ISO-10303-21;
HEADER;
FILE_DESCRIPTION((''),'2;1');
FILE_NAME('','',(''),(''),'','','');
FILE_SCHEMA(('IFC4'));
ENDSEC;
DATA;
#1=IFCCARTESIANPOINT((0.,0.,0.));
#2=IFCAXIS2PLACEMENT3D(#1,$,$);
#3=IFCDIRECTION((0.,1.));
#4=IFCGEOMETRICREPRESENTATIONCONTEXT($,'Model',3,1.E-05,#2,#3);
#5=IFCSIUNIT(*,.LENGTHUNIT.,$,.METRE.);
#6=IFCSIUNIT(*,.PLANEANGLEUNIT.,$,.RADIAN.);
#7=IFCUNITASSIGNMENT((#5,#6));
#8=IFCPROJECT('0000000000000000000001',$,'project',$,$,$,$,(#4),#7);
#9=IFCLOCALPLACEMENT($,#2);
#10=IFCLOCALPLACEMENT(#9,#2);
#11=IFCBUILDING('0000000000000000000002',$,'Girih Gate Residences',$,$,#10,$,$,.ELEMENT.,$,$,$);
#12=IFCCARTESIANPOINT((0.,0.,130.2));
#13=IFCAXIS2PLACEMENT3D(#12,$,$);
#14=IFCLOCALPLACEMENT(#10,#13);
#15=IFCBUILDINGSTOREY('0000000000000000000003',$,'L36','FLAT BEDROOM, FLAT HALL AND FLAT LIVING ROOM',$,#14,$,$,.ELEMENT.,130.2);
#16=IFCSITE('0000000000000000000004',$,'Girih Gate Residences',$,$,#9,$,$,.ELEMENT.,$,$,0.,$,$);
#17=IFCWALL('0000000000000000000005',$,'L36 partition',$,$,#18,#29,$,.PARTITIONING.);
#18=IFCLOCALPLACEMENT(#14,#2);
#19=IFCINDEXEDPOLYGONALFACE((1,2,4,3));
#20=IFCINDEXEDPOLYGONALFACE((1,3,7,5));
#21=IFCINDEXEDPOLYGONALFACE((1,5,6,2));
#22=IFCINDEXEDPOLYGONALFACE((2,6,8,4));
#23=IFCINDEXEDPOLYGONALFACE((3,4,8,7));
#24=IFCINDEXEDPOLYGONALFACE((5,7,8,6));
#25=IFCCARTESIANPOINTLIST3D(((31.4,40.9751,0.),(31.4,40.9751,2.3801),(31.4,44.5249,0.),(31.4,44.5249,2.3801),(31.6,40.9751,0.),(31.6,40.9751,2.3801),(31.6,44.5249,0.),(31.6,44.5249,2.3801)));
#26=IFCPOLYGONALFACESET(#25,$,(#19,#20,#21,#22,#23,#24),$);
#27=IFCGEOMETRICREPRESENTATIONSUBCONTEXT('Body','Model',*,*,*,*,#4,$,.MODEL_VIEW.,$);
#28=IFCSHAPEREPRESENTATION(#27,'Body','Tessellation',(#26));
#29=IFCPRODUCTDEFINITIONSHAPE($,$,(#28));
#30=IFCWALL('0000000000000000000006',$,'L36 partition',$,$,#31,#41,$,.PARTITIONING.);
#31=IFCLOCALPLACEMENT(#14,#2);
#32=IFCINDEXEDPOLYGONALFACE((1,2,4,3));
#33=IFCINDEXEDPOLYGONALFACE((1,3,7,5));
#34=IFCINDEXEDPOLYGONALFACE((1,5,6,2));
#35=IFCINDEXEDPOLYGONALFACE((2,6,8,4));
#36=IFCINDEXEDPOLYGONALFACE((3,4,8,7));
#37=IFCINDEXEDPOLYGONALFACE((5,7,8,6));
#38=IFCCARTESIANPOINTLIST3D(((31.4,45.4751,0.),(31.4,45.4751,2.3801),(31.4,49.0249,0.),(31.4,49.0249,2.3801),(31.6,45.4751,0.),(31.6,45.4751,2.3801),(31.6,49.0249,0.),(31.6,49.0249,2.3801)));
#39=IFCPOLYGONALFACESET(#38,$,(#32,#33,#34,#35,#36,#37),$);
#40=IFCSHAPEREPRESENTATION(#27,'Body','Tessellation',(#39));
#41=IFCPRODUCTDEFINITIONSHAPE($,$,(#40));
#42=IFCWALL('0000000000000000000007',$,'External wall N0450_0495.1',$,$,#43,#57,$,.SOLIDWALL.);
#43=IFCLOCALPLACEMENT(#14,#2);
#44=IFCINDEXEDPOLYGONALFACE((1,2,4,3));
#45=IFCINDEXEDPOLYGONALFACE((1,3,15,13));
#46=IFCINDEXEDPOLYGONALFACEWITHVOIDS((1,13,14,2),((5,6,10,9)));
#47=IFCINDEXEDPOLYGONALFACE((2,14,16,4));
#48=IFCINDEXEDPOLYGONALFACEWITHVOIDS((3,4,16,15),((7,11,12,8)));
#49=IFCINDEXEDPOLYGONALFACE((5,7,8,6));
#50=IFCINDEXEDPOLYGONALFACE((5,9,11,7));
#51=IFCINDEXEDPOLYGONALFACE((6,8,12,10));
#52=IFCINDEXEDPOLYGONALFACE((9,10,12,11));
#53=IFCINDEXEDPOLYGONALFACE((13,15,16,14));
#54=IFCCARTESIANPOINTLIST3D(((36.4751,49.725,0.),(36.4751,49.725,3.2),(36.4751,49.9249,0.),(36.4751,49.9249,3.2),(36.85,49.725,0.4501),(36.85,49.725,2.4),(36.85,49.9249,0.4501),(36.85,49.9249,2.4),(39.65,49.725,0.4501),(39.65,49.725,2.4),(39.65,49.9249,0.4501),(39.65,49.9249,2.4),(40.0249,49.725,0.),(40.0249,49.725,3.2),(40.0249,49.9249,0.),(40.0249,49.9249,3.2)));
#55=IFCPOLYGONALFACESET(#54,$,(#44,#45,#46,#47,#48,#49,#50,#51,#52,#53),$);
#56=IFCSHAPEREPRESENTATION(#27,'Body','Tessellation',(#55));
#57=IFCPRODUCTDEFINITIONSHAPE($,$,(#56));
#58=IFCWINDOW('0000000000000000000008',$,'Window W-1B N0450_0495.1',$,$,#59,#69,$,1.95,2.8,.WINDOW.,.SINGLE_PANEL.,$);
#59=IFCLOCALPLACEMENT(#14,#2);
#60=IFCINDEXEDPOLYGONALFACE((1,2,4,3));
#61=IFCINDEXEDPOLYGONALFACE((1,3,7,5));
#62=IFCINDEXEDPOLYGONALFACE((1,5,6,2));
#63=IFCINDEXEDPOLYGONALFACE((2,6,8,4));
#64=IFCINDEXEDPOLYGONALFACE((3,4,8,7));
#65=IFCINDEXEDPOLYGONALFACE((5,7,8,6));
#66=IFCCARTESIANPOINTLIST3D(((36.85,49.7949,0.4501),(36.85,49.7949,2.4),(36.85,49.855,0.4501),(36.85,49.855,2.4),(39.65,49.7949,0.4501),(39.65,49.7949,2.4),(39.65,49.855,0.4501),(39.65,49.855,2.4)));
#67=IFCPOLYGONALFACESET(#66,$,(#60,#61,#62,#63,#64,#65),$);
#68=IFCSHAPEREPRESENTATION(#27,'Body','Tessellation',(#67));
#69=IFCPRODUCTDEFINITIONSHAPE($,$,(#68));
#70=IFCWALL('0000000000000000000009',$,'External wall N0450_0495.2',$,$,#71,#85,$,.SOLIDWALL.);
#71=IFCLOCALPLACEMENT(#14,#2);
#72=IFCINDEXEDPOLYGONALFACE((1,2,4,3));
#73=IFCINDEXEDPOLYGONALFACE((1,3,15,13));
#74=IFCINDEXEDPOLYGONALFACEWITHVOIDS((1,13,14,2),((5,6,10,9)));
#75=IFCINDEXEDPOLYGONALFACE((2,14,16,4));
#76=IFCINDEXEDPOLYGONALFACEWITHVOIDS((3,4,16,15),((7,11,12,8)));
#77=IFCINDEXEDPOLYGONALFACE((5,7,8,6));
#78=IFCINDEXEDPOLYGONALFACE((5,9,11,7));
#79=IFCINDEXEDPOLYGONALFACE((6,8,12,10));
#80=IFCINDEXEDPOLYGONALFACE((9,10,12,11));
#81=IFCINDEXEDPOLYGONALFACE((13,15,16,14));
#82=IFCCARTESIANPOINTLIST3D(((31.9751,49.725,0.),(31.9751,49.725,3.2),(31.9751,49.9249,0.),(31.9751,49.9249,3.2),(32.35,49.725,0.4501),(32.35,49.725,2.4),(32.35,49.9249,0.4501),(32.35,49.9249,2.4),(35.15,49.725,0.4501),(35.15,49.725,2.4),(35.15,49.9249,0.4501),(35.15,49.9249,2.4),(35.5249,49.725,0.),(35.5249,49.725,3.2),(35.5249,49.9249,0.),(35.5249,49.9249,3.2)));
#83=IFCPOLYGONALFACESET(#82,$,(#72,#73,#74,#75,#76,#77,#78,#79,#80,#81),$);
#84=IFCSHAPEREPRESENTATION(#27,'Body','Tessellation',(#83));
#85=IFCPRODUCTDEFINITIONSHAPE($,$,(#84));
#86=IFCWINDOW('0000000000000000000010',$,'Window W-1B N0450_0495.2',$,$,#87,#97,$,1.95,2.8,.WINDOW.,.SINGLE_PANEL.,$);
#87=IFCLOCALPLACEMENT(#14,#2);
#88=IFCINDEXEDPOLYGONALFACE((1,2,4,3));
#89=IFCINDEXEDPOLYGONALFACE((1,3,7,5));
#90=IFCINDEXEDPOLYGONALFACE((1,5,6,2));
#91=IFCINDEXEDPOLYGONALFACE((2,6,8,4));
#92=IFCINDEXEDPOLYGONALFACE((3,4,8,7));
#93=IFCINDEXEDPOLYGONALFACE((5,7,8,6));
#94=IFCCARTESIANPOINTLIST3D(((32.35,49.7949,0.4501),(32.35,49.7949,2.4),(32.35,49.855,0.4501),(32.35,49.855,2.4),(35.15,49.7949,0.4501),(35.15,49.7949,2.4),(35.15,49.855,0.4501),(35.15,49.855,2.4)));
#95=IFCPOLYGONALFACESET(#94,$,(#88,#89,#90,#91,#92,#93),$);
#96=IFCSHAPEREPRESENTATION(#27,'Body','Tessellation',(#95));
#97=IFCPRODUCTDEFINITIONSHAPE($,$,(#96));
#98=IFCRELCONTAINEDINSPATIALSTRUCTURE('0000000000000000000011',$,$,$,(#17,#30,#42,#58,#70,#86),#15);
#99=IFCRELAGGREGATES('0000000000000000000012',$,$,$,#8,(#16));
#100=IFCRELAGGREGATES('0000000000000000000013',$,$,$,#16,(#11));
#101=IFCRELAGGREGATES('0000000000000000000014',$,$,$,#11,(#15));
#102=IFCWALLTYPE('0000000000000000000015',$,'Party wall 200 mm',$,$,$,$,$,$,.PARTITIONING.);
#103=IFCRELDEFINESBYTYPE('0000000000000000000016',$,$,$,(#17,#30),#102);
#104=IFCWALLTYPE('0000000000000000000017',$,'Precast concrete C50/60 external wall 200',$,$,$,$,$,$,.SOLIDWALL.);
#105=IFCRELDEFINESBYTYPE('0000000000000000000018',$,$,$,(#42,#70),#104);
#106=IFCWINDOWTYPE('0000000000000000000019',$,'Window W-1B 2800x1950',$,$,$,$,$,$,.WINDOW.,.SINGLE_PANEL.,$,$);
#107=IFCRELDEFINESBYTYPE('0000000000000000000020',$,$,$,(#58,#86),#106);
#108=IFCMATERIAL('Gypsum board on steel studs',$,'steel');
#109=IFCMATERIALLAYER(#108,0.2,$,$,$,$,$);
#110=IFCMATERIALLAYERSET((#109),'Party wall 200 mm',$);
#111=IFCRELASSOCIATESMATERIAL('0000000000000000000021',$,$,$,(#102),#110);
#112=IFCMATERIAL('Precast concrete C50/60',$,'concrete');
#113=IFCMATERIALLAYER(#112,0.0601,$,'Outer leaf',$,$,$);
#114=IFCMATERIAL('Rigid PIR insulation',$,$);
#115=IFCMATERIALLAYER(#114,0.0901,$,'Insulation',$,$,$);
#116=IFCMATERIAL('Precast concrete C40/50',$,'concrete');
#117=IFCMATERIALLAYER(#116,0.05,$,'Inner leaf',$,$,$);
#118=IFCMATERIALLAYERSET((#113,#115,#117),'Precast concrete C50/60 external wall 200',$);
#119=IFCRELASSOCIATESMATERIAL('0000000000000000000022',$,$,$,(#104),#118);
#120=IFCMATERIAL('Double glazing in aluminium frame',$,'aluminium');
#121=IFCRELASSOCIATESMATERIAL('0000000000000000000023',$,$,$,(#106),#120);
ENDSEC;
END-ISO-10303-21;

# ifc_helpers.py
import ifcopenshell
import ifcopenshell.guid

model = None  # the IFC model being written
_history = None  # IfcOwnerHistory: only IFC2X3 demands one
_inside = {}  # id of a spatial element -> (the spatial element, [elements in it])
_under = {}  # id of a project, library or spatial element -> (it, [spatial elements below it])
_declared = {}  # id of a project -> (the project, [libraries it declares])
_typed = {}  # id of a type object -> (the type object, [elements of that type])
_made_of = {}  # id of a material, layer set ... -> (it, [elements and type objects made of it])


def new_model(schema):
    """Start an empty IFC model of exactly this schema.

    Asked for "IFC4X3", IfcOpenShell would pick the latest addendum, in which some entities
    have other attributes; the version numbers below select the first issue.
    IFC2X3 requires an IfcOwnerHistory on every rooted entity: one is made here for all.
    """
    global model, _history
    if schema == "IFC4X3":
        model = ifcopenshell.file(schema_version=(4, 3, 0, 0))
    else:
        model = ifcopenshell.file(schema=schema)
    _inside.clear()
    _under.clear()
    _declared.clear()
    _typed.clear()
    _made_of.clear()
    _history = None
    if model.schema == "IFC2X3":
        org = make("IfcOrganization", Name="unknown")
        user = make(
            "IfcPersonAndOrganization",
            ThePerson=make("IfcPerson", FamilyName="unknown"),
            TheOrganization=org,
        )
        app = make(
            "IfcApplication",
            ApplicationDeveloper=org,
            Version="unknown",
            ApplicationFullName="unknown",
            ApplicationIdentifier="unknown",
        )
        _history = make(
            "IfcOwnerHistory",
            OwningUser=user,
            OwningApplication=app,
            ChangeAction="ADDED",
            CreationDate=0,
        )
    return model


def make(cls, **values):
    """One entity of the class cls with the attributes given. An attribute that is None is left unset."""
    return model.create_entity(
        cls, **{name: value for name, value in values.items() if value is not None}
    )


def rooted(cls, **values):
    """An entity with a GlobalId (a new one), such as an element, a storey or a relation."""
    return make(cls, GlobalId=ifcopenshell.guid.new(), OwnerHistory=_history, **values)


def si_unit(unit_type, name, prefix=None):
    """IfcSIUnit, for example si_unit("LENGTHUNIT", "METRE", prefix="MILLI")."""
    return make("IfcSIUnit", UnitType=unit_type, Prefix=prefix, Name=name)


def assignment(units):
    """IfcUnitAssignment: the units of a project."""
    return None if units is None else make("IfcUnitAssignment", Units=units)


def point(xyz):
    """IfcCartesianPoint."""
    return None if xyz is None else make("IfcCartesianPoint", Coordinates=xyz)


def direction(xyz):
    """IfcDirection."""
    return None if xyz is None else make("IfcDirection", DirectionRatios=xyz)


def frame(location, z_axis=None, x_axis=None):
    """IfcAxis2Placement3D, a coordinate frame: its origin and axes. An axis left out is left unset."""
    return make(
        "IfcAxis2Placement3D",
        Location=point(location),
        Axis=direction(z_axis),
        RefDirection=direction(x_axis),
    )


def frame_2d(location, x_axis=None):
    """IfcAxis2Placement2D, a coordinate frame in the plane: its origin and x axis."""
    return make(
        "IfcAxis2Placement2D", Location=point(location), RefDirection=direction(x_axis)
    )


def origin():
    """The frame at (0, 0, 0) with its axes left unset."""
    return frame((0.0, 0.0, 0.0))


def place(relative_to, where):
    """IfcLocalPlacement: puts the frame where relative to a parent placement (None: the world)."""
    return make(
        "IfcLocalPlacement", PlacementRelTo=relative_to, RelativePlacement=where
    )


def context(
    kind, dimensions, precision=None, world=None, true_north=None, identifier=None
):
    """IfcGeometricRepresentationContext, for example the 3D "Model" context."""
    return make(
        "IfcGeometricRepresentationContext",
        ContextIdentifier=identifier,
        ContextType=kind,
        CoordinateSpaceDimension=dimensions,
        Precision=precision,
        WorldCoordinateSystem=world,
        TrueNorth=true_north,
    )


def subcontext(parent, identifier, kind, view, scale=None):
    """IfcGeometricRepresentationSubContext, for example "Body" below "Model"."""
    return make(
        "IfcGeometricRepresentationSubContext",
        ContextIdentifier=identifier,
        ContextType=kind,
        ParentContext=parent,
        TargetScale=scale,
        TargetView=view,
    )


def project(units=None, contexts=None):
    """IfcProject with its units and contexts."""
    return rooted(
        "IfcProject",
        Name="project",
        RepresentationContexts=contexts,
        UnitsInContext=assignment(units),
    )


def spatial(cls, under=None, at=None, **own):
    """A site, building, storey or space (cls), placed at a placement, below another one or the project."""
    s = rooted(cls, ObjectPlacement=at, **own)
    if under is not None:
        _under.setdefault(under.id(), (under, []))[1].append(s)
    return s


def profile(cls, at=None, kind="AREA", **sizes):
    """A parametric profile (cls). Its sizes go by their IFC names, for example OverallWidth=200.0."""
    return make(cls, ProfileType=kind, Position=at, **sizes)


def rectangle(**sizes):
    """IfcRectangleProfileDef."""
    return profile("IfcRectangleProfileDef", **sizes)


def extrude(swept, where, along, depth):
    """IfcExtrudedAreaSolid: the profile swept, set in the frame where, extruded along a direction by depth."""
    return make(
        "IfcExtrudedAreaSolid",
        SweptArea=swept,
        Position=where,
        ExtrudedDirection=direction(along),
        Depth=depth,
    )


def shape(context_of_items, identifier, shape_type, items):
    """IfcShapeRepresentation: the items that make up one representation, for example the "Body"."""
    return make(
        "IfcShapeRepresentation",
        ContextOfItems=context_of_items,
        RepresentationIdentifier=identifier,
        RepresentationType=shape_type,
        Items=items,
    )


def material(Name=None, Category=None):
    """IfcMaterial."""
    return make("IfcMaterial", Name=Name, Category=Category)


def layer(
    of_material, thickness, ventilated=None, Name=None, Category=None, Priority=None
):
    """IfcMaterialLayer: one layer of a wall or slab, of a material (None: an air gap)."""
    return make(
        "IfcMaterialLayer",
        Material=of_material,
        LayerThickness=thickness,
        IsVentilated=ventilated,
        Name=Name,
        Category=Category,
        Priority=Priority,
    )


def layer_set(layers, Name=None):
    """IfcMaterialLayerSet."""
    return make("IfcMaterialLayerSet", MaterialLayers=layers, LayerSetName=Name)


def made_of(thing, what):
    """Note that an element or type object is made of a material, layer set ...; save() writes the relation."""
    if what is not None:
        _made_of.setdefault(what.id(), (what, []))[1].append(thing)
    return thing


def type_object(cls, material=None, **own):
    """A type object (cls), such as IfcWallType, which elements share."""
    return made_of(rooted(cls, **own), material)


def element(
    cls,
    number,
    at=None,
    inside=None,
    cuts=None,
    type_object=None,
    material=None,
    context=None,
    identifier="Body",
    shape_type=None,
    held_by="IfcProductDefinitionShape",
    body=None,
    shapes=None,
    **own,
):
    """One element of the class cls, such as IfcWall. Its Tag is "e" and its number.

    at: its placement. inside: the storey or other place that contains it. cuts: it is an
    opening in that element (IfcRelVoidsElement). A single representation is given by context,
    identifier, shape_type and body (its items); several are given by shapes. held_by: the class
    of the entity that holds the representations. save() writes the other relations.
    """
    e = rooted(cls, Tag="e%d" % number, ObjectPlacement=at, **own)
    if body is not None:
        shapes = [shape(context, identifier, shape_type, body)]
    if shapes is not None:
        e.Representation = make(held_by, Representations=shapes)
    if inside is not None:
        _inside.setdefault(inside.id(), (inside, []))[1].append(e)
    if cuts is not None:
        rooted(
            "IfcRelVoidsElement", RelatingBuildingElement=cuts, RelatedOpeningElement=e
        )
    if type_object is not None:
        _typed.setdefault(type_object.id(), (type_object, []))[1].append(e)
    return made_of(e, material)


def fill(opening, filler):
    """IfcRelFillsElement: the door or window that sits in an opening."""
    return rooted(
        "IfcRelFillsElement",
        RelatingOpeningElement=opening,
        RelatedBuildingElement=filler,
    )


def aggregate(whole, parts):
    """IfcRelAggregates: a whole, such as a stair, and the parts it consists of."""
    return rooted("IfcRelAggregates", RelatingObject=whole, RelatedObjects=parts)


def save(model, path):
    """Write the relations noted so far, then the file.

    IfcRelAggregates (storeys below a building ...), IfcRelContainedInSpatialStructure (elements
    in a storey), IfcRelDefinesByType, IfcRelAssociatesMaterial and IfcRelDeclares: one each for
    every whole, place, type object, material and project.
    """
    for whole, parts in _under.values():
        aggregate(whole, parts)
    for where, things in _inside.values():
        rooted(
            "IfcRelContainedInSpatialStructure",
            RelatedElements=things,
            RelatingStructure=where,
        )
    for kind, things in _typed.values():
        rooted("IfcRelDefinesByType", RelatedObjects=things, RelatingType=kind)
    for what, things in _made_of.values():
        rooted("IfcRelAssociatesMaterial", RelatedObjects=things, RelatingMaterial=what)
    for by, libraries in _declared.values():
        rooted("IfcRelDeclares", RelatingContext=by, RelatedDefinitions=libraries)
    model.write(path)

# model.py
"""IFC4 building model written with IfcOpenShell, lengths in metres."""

from ifc_helpers import new_model, si_unit, direction, frame, frame_2d, origin, place, context, subcontext, project, spatial, rectangle, extrude, material, layer, layer_set, type_object, element, fill, save


model = new_model("IFC4")

# Units and contexts
model_context = context("Model", 3, precision=1e-05, world=origin(), true_north=direction((0.0, 1.0)))
body_context = subcontext(model_context, "Body", "Model", "MODEL_VIEW")
ifc_project = project(units=[si_unit("LENGTHUNIT", "METRE"), si_unit("PLANEANGLEUNIT", "RADIAN")], contexts=[model_context])

# Site, building, storey
site_placement = place(None, origin())
site = spatial("IfcSite", under=ifc_project, at=site_placement, Name="Girih Gate Residences", CompositionType="ELEMENT", RefElevation=0.0)
building_placement = place(site_placement, origin())
building = spatial("IfcBuilding", under=site, at=building_placement, Name="Girih Gate Residences", CompositionType="ELEMENT")
storey_placement = place(building_placement, frame((0.0, 0.0, 130.2)))
storey = spatial("IfcBuildingStorey", under=building, at=storey_placement, Name="L36", Description="FLAT BEDROOM, FLAT HALL AND FLAT LIVING ROOM", CompositionType="ELEMENT", Elevation=130.2)

# Shared definitions
ifc_material_1 = material(Name="Gypsum board on steel studs", Category="steel")

# Walls
ifc_layer_1 = layer(ifc_material_1, 0.2)
ifc_layer_set_1 = layer_set([ifc_layer_1], Name="Party wall 200 mm")
wall_type_1 = type_object("IfcWallType", Name="Party wall 200 mm", PredefinedType="PARTITIONING", material=ifc_layer_set_1)
for number, where, z_axis, x_axis, name in (
    (1, (31.5, 40.9751, 0.0), (0.0, 0.0, 1.0), (0.0, 1.0, 0.0), "L36 partition"),
    (2, (31.5, 45.4751, 0.0), (0.0, 0.0, 1.0), (0.0, 1.0, 0.0), "L36 partition"),
):
    element("IfcWall", number, at=place(storey_placement, frame(where, z_axis=z_axis, x_axis=x_axis)), inside=storey, type_object=wall_type_1, Name=name, PredefinedType="PARTITIONING", context=body_context, shape_type="SweptSolid", body=[
        extrude(rectangle(XDim=3.5498, YDim=0.2, at=frame_2d((1.7749, 0.0))), origin(), (0.0, 0.0, 1.0), 2.3801),
    ])

# Walls, openings, windows
ifc_material_2 = material(Name="Precast concrete C50/60", Category="concrete")
ifc_layer_2 = layer(ifc_material_2, 0.0601, Name="Outer leaf")
ifc_material_3 = material(Name="Rigid PIR insulation")
ifc_layer_3 = layer(ifc_material_3, 0.0901, Name="Insulation")
ifc_material_4 = material(Name="Precast concrete C40/50", Category="concrete")
ifc_layer_4 = layer(ifc_material_4, 0.05, Name="Inner leaf")
ifc_layer_set_2 = layer_set([ifc_layer_2, ifc_layer_3, ifc_layer_4], Name="Precast concrete C50/60 external wall 200")
wall_type_2 = type_object("IfcWallType", Name="Precast concrete C50/60 external wall 200", PredefinedType="SOLIDWALL", material=ifc_layer_set_2)
wall_1_placement = place(storey_placement, frame((36.4751, 49.825, 0.0), z_axis=(0.0, 0.0, 1.0), x_axis=(1.0, 0.0, 0.0)))
wall_1 = element("IfcWall", 3, at=wall_1_placement, inside=storey, type_object=wall_type_2, Name="External wall N0450_0495.1", PredefinedType="SOLIDWALL", context=body_context, shape_type="SweptSolid", body=[
    extrude(rectangle(XDim=3.5498, YDim=0.2, at=frame_2d((1.7749, 0.0))), origin(), (0.0, 0.0, 1.0), 3.2),
])
opening_1_placement = place(wall_1_placement, frame((0.375, 0.0, 0.45)))
opening_1 = element("IfcOpeningElement", 4, at=opening_1_placement, cuts=wall_1, PredefinedType="OPENING", context=body_context, shape_type="SweptSolid", body=[
    extrude(rectangle(XDim=2.8, YDim=1.95, at=frame_2d((1.3999, 0.9751))), frame((0.0, 0.1099, 0.0), z_axis=(0.0, -1.0, 0.0), x_axis=(1.0, 0.0, 0.0)), (0.0, 0.0, 1.0), 0.22),
])
ifc_material_5 = material(Name="Double glazing in aluminium frame", Category="aluminium")
window_type = type_object("IfcWindowType", Name="Window W-1B 2800x1950", PartitioningType="SINGLE_PANEL", PredefinedType="WINDOW", material=ifc_material_5)
window_1_placement = place(opening_1_placement, origin())
window_1 = element("IfcWindow", 5, at=window_1_placement, inside=storey, type_object=window_type, Name="Window W-1B N0450_0495.1", OverallHeight=1.95, OverallWidth=2.8, PartitioningType="SINGLE_PANEL", PredefinedType="WINDOW", context=body_context, shape_type="SweptSolid", body=[
    extrude(rectangle(XDim=2.8, YDim=1.95, at=frame_2d((1.3999, 0.9751))), frame((0.0, 0.03, 0.0), z_axis=(0.0, -1.0, 0.0), x_axis=(1.0, 0.0, 0.0)), (0.0, 0.0, 1.0), 0.0601),
])
fill(opening_1, window_1)
wall_2_placement = place(storey_placement, frame((31.9751, 49.825, 0.0), z_axis=(0.0, 0.0, 1.0), x_axis=(1.0, 0.0, 0.0)))
wall_2 = element("IfcWall", 6, at=wall_2_placement, inside=storey, type_object=wall_type_2, Name="External wall N0450_0495.2", PredefinedType="SOLIDWALL", context=body_context, shape_type="SweptSolid", body=[
    extrude(rectangle(XDim=3.5498, YDim=0.2, at=frame_2d((1.7749, 0.0))), origin(), (0.0, 0.0, 1.0), 3.2),
])
opening_2_placement = place(wall_2_placement, frame((0.375, 0.0, 0.45)))
opening_2 = element("IfcOpeningElement", 7, at=opening_2_placement, cuts=wall_2, PredefinedType="OPENING", context=body_context, shape_type="SweptSolid", body=[
    extrude(rectangle(XDim=2.8, YDim=1.95, at=frame_2d((1.3999, 0.9751))), frame((0.0, 0.1099, 0.0), z_axis=(0.0, -1.0, 0.0), x_axis=(1.0, 0.0, 0.0)), (0.0, 0.0, 1.0), 0.22),
])
window_2_placement = place(opening_2_placement, origin())
window_2 = element("IfcWindow", 8, at=window_2_placement, inside=storey, type_object=window_type, Name="Window W-1B N0450_0495.2", OverallHeight=1.95, OverallWidth=2.8, PartitioningType="SINGLE_PANEL", PredefinedType="WINDOW", context=body_context, shape_type="SweptSolid", body=[
    extrude(rectangle(XDim=2.8, YDim=1.95, at=frame_2d((1.3999, 0.9751))), frame((0.0, 0.03, 0.0), z_axis=(0.0, -1.0, 0.0), x_axis=(1.0, 0.0, 0.0)), (0.0, 0.0, 1.0), 0.0601),
])
fill(opening_2, window_2)

save(model, "model.ifc")
